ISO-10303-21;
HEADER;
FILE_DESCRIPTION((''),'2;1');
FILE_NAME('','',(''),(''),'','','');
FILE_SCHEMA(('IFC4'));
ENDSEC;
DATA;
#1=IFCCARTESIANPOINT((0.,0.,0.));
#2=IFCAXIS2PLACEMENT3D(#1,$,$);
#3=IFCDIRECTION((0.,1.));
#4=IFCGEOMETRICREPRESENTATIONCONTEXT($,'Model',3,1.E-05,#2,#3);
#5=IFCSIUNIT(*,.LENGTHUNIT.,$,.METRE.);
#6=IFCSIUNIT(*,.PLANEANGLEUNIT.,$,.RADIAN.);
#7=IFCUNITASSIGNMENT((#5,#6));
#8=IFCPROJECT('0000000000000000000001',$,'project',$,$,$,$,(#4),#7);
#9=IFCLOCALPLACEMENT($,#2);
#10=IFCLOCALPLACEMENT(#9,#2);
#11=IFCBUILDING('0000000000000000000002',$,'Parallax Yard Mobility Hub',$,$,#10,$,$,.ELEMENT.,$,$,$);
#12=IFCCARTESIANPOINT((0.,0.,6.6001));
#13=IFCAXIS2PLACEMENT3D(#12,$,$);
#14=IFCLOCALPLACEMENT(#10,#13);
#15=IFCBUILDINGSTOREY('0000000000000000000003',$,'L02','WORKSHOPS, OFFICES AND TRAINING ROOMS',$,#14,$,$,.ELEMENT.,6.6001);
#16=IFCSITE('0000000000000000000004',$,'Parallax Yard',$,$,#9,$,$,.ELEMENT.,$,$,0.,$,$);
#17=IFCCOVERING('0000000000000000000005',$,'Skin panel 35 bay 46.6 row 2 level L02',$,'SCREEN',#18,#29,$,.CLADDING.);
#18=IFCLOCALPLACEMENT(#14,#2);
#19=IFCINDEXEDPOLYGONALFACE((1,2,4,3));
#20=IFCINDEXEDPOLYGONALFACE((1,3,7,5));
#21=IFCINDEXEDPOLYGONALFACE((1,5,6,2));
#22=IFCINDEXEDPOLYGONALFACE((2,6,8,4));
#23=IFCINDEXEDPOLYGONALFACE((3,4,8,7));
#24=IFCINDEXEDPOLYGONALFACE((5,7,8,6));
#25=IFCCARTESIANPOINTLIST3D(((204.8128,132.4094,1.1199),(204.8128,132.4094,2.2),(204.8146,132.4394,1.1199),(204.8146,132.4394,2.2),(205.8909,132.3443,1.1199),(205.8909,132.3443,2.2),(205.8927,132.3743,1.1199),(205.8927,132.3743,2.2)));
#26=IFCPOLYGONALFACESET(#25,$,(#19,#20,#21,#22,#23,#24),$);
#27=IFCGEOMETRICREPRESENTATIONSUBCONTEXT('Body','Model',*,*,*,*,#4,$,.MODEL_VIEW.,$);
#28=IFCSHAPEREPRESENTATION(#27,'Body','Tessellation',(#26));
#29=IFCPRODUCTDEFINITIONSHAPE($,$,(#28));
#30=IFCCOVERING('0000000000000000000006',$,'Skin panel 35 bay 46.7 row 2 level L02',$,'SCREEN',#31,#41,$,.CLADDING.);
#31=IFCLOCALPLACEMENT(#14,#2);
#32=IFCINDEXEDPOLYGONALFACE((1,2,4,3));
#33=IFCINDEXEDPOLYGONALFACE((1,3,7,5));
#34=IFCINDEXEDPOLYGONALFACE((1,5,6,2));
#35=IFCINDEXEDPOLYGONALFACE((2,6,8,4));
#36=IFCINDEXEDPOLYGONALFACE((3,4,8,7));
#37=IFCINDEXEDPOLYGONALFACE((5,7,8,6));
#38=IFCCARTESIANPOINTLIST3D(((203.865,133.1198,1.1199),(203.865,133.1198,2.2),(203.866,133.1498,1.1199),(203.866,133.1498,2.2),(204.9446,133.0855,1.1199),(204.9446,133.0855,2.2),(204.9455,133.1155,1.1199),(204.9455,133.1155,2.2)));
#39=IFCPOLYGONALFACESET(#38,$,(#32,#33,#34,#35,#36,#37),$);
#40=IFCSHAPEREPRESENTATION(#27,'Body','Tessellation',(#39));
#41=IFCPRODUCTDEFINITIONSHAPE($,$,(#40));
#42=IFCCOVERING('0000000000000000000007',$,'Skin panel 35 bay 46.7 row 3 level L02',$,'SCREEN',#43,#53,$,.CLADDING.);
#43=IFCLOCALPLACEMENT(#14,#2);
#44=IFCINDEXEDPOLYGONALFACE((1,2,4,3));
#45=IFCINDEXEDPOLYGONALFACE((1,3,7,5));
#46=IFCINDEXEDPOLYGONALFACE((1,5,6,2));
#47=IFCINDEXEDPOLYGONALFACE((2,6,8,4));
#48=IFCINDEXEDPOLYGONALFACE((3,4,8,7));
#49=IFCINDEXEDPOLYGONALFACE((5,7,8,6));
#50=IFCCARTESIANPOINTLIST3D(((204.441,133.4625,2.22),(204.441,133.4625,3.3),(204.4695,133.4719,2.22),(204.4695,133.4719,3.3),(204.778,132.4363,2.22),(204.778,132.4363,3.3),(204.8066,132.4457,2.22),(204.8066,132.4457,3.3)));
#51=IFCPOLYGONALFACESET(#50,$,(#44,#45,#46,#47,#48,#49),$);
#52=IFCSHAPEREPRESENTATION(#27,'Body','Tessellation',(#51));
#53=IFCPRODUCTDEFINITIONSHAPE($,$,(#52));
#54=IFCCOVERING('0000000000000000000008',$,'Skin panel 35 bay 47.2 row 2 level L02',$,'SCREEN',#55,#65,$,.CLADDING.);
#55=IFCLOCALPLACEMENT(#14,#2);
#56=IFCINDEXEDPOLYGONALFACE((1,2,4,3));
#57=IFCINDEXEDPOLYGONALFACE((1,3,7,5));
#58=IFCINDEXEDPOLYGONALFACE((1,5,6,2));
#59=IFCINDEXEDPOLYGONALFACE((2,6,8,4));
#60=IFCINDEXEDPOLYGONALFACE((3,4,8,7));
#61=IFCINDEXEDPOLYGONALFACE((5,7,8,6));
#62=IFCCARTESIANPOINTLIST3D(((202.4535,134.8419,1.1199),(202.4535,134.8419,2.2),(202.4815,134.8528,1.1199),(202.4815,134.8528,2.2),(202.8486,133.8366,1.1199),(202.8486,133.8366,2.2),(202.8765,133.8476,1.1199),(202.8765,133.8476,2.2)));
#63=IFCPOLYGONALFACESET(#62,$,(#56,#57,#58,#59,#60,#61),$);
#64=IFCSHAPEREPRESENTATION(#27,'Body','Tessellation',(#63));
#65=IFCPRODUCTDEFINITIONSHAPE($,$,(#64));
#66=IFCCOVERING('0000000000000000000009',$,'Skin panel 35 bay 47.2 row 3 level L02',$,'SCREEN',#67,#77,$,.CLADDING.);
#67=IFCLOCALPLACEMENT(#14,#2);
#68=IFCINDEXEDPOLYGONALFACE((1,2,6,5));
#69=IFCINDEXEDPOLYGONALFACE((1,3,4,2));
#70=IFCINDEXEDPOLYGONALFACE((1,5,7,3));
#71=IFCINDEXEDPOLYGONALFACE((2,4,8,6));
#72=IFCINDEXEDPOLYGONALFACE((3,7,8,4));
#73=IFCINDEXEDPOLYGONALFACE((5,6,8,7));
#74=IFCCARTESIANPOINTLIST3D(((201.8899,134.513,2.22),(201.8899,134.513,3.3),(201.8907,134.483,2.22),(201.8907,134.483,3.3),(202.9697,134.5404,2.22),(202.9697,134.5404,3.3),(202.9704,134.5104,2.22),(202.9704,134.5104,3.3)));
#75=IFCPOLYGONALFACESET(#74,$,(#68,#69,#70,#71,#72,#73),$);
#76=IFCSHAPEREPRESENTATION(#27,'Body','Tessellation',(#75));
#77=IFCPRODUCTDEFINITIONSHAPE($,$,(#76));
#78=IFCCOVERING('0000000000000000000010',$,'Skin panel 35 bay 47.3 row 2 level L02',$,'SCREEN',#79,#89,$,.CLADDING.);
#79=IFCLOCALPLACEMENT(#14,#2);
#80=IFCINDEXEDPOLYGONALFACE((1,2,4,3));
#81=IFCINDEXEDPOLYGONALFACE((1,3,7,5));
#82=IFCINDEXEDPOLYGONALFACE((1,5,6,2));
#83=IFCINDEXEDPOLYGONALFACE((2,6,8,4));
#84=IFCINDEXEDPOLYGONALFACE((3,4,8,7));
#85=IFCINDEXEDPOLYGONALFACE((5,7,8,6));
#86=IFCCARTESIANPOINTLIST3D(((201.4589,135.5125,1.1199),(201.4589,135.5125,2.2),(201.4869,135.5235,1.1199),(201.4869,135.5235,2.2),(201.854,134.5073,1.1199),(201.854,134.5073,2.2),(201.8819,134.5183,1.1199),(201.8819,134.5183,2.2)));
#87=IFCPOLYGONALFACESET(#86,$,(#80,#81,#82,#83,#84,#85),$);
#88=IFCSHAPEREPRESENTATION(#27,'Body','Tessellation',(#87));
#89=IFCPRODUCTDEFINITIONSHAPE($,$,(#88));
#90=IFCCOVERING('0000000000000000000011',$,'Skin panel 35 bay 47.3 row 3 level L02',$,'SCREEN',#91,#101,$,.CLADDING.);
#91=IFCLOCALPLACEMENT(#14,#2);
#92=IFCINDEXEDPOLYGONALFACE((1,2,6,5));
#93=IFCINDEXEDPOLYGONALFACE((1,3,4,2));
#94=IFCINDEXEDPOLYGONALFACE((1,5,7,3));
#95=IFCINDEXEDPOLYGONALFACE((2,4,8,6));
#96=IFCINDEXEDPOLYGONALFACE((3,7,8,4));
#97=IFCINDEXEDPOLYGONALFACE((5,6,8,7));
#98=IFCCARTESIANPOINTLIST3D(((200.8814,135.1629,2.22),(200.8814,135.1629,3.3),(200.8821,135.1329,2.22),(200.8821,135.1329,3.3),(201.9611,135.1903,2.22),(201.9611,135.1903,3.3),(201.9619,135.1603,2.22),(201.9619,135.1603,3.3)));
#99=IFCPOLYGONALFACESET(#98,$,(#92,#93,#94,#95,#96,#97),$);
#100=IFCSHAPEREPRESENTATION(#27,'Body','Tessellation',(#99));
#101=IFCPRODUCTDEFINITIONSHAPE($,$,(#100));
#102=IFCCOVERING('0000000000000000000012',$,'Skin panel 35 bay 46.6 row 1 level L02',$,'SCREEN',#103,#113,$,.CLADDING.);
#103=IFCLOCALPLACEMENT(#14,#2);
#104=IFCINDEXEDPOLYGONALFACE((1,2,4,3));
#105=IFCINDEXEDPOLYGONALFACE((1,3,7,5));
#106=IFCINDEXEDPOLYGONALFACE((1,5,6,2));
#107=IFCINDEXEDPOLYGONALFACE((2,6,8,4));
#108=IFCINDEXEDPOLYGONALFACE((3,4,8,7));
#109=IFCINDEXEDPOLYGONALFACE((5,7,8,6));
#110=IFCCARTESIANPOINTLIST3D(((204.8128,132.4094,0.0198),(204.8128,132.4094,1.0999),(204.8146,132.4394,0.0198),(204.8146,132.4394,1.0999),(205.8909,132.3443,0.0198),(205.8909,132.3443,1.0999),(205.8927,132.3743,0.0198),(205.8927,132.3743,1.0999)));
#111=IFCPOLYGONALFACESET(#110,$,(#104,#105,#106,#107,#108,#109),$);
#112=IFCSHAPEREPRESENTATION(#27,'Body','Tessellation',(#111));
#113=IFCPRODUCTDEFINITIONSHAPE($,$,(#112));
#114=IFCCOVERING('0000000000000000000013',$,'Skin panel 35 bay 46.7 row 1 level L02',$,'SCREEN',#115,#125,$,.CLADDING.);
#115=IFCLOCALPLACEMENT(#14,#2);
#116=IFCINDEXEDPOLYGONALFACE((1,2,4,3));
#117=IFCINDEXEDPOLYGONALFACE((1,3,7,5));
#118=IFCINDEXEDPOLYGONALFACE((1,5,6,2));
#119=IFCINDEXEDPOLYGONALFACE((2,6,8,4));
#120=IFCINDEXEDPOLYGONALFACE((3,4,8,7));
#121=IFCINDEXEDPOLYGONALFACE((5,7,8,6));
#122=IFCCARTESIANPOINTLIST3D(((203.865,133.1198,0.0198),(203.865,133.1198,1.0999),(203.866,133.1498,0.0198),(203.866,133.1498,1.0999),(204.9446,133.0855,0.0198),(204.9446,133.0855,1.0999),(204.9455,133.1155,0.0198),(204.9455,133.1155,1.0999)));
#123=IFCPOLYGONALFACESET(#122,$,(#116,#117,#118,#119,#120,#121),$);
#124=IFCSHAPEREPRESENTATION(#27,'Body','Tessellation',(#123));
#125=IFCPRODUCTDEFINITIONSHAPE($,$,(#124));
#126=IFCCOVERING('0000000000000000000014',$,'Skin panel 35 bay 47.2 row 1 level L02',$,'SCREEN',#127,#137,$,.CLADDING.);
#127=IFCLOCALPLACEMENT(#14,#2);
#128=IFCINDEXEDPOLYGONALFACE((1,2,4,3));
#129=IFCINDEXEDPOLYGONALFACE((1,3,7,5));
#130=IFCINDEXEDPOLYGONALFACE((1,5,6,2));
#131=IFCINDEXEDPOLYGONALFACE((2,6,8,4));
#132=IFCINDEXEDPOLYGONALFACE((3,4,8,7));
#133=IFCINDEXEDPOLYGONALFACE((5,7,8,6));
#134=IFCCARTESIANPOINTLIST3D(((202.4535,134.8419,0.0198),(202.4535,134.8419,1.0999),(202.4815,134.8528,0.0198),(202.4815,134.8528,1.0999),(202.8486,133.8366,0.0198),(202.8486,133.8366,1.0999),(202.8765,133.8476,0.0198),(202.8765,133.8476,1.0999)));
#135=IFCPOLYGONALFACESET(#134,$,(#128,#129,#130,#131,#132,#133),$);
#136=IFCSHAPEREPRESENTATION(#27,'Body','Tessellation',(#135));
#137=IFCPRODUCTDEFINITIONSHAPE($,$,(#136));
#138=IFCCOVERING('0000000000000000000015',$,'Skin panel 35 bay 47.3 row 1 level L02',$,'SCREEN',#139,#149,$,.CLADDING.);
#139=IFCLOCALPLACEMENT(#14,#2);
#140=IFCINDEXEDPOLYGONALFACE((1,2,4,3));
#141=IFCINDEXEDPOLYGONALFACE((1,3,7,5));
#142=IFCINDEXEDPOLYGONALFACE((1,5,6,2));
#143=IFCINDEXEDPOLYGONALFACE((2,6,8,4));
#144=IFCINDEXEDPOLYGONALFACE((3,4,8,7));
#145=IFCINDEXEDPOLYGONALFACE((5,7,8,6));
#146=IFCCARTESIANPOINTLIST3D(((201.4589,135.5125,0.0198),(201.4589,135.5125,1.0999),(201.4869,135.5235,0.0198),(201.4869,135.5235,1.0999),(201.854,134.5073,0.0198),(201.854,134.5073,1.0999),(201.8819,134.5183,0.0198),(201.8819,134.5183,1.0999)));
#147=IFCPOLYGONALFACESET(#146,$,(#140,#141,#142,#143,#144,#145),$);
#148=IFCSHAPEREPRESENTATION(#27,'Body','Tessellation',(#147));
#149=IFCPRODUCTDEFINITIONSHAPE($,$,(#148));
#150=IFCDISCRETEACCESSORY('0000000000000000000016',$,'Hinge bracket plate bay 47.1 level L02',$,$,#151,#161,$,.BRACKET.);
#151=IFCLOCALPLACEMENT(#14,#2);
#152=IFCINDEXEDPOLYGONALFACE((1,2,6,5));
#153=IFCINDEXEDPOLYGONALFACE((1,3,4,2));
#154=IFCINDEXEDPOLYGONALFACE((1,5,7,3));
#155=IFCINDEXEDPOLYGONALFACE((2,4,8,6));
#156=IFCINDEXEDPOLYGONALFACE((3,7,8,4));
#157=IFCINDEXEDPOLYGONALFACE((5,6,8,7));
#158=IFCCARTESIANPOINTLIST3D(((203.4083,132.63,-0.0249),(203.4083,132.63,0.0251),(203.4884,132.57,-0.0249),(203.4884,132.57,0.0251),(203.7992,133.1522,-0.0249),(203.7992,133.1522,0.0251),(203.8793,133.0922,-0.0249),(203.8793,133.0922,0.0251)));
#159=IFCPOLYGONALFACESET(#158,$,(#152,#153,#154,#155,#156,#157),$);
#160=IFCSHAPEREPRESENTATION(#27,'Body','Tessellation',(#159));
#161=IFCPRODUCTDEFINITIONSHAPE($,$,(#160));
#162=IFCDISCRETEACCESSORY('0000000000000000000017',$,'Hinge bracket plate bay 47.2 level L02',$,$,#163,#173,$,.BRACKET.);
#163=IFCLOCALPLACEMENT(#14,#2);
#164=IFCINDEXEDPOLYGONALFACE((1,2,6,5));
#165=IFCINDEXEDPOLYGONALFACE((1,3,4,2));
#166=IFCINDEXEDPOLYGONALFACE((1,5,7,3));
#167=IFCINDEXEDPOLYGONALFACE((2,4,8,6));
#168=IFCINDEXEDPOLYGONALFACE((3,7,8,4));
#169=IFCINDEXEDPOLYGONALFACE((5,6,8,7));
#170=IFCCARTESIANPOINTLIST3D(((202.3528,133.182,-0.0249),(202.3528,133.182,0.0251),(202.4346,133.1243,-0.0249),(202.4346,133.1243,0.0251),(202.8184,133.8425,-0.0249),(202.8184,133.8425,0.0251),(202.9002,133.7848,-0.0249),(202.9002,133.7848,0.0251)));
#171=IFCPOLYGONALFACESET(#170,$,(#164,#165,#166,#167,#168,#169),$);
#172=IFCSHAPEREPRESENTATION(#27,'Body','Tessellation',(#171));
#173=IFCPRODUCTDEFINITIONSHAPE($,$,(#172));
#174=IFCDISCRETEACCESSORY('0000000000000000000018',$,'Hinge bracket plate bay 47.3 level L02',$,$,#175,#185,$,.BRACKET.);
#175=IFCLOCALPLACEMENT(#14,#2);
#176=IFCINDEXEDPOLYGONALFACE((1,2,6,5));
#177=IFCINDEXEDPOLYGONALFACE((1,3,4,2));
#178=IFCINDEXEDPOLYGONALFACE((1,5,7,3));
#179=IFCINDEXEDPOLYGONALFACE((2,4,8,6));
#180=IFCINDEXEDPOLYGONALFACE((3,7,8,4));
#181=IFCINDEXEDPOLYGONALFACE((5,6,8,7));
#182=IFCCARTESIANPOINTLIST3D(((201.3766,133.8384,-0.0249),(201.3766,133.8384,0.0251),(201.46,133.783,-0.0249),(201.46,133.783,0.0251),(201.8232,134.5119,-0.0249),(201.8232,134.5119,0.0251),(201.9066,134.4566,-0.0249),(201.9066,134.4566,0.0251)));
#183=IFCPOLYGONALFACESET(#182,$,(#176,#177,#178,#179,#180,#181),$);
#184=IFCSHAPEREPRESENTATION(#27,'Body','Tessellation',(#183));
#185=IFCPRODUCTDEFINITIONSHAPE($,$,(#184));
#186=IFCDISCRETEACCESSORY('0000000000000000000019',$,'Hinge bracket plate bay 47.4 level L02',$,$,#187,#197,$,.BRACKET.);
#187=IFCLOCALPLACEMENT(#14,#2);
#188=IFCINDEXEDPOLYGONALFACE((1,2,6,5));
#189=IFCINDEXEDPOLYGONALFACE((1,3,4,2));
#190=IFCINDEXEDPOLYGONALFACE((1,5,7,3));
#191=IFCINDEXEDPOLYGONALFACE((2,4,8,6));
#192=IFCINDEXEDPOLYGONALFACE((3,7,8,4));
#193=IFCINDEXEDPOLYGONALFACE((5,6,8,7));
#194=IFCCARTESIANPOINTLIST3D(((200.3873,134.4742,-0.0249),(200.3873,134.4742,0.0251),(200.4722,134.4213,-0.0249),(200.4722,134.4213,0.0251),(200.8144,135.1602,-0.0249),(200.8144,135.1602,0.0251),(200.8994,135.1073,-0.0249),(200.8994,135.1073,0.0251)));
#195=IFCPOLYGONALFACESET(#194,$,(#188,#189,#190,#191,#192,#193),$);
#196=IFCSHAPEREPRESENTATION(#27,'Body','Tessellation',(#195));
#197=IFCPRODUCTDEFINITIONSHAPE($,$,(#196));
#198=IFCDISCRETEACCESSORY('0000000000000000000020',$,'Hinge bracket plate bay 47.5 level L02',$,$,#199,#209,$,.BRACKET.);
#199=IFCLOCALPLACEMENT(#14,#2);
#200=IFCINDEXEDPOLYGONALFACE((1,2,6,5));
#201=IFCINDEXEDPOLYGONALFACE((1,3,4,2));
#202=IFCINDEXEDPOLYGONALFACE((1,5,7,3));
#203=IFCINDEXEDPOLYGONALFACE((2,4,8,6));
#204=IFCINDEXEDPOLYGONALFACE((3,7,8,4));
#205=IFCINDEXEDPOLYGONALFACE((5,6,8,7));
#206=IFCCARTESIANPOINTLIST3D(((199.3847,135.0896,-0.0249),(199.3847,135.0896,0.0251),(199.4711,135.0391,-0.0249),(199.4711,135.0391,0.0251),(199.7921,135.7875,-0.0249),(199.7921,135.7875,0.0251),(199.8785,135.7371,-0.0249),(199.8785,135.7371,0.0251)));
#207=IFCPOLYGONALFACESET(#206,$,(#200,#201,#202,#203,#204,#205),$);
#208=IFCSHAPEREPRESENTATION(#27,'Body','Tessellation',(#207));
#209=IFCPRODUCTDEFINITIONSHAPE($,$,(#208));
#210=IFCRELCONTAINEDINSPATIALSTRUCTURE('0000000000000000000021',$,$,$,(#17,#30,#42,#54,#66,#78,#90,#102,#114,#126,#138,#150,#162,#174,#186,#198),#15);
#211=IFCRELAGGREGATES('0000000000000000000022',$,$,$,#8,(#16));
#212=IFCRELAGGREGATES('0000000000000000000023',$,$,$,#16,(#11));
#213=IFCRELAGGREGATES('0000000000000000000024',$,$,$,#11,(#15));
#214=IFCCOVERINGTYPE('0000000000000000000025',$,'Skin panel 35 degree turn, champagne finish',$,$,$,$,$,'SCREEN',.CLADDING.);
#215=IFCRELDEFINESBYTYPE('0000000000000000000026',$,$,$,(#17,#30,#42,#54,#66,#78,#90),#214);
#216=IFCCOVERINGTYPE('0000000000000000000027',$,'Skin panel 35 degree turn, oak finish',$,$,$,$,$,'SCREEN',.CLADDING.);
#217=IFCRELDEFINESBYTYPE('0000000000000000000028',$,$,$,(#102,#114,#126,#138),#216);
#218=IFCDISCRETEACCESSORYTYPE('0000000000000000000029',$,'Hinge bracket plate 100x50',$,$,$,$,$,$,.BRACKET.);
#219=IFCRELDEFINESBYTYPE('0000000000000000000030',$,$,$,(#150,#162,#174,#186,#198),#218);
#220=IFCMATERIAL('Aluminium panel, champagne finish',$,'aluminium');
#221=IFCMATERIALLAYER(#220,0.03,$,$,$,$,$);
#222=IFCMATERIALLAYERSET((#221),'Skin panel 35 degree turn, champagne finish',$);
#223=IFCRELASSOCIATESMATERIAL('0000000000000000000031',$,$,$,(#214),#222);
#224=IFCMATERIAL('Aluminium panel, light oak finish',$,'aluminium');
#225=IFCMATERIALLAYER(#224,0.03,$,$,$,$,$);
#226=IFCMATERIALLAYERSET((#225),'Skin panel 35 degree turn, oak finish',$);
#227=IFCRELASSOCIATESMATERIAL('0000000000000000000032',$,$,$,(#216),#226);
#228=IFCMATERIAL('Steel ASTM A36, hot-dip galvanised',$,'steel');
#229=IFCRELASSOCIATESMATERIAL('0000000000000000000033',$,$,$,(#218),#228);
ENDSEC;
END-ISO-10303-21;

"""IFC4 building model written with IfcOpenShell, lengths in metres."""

from ifc_helpers import new_model, si_unit, direction, frame, origin, origin_2d, place, context, subcontext, project, spatial, rectangle, extrude, material, layer, layer_set, type_object, element, save


model = new_model("IFC4")

# Units and contexts
model_context = context("Model", 3, precision=1e-05, world=origin(), true_north=direction((0.0, 1.0)))
body_context = subcontext(model_context, "Body", "Model", "MODEL_VIEW")
ifc_project = project(units=[si_unit("LENGTHUNIT", "METRE"), si_unit("PLANEANGLEUNIT", "RADIAN")], contexts=[model_context])

# Site, building, storey
site_placement = place(None, origin())
site = spatial("IfcSite", under=ifc_project, at=site_placement, Name="Parallax Yard", CompositionType="ELEMENT", RefElevation=0.0)
building_placement = place(site_placement, origin())
building = spatial("IfcBuilding", under=site, at=building_placement, Name="Parallax Yard Mobility Hub", CompositionType="ELEMENT")
storey_placement = place(building_placement, frame((0.0, 0.0, 6.6001)))
storey = spatial("IfcBuildingStorey", under=building, at=storey_placement, Name="L02", Description="WORKSHOPS, OFFICES AND TRAINING ROOMS", CompositionType="ELEMENT", Elevation=6.6001)

# Coverings
ifc_material_1 = material(Name="Aluminium panel, champagne finish", Category="aluminium")
ifc_material_2 = material(Name="Aluminium panel, light oak finish", Category="aluminium")
ifc_layer_1 = layer(ifc_material_1, 0.03)
ifc_layer_set_1 = layer_set([ifc_layer_1], Name="Skin panel 35 degree turn, champagne finish")
covering_type_1 = type_object("IfcCoveringType", Name="Skin panel 35 degree turn, champagne finish", ElementType="SCREEN", PredefinedType="CLADDING", material=ifc_layer_set_1)
for number, where, z_axis, x_axis, name in (
    (1, (205.3528, 132.3918, 1.1199), (0.0, 0.0, 1.0), (0.998183, -0.060256, 0.0), "Skin panel 35 bay 46.6 row 2 level L02"),
    (2, (204.4053, 133.1177, 1.1199), (0.0, 0.0, 1.0), (0.999497, -0.031728, 0.0), "Skin panel 35 bay 46.7 row 2 level L02"),
    (3, (204.6238, 132.9541, 2.22), (0.0, 0.0, 1.0), (-0.312033, 0.950071, 0.0), "Skin panel 35 bay 46.7 row 3 level L02"),
    (4, (202.665, 134.3447, 1.1199), (0.0, 0.0, 1.0), (-0.365762, 0.930708, 0.0), "Skin panel 35 bay 47.2 row 2 level L02"),
    (5, (202.4302, 134.5117, 2.22), (0.0, 0.0, 1.0), (0.999678, 0.025383, 0.0), "Skin panel 35 bay 47.2 row 3 level L02"),
    (6, (201.6704, 135.0154, 1.1199), (0.0, 0.0, 1.0), (-0.365762, 0.930708, 0.0), "Skin panel 35 bay 47.3 row 2 level L02"),
    (7, (201.4216, 135.1616, 2.22), (0.0, 0.0, 1.0), (0.999678, 0.025383, 0.0), "Skin panel 35 bay 47.3 row 3 level L02"),
):
    element("IfcCovering", number, at=place(storey_placement, frame(where, z_axis=z_axis, x_axis=x_axis)), inside=storey, type_object=covering_type_1, Name=name, ObjectType="SCREEN", PredefinedType="CLADDING", context=body_context, shape_type="SweptSolid", body=[
        extrude(rectangle(XDim=1.0801, YDim=0.03, at=origin_2d()), origin(), (0.0, 0.0, 1.0), 1.0801),
    ])
ifc_layer_2 = layer(ifc_material_2, 0.03)
ifc_layer_set_2 = layer_set([ifc_layer_2], Name="Skin panel 35 degree turn, oak finish")
covering_type_2 = type_object("IfcCoveringType", Name="Skin panel 35 degree turn, oak finish", ElementType="SCREEN", PredefinedType="CLADDING", material=ifc_layer_set_2)
for number, where, z_axis, x_axis, name in (
    (8, (205.3528, 132.3918, 0.0198), (0.0, 0.0, 1.0), (0.998183, -0.060256, 0.0), "Skin panel 35 bay 46.6 row 1 level L02"),
    (9, (204.4053, 133.1177, 0.0198), (0.0, 0.0, 1.0), (0.999497, -0.031728, 0.0), "Skin panel 35 bay 46.7 row 1 level L02"),
    (10, (202.665, 134.3447, 0.0198), (0.0, 0.0, 1.0), (-0.365762, 0.930708, 0.0), "Skin panel 35 bay 47.2 row 1 level L02"),
    (11, (201.6704, 135.0154, 0.0198), (0.0, 0.0, 1.0), (-0.365762, 0.930708, 0.0), "Skin panel 35 bay 47.3 row 1 level L02"),
):
    element("IfcCovering", number, at=place(storey_placement, frame(where, z_axis=z_axis, x_axis=x_axis)), inside=storey, type_object=covering_type_2, Name=name, ObjectType="SCREEN", PredefinedType="CLADDING", context=body_context, shape_type="SweptSolid", body=[
        extrude(rectangle(XDim=1.0801, YDim=0.03, at=origin_2d()), origin(), (0.0, 0.0, 1.0), 1.0801),
    ])

# Discrete accessories
ifc_material_3 = material(Name="Steel ASTM A36, hot-dip galvanised", Category="steel")
discrete_accessory_type_1 = type_object("IfcDiscreteAccessoryType", Name="Hinge bracket plate 100x50", PredefinedType="BRACKET", material=ifc_material_3)
discrete_accessory_placement = place(storey_placement, frame((203.6438, 132.8611, -0.0249), z_axis=(0.0, 0.0, 1.0), x_axis=(0.599278, 0.800541, 0.0)))
element("IfcDiscreteAccessory", 12, at=discrete_accessory_placement, inside=storey, type_object=discrete_accessory_type_1, Name="Hinge bracket plate bay 47.1 level L02", PredefinedType="BRACKET", context=body_context, shape_type="SweptSolid", body=[
    extrude(rectangle(XDim=0.6523, YDim=0.1001, at=origin_2d()), origin(), (0.0, 0.0, 1.0), 0.05),
])
for number, where, z_axis, x_axis, name in (
    (13, (202.6265, 133.4834, -0.0249), (0.0, 0.0, 1.0), (0.576173, 0.817328, 0.0), "Hinge bracket plate bay 47.2 level L02"),
    (14, (201.6416, 134.1475, -0.0249), (0.0, 0.0, 1.0), (0.552599, 0.833447, 0.0), "Hinge bracket plate bay 47.3 level L02"),
    (15, (200.6433, 134.7908, -0.0249), (0.0, 0.0, 1.0), (0.528573, 0.848888, 0.0), "Hinge bracket plate bay 47.4 level L02"),
    (16, (199.6316, 135.4133, -0.0249), (0.0, 0.0, 1.0), (0.504116, 0.863636, 0.0), "Hinge bracket plate bay 47.5 level L02"),
):
    element("IfcDiscreteAccessory", number, at=place(storey_placement, frame(where, z_axis=z_axis, x_axis=x_axis)), inside=storey, type_object=discrete_accessory_type_1, Name=name, PredefinedType="BRACKET", context=body_context, shape_type="SweptSolid", body=[
        extrude(rectangle(XDim=0.8081, YDim=0.1001, at=origin_2d()), origin(), (0.0, 0.0, 1.0), 0.05),
    ])

save(model, "model.ifc")
